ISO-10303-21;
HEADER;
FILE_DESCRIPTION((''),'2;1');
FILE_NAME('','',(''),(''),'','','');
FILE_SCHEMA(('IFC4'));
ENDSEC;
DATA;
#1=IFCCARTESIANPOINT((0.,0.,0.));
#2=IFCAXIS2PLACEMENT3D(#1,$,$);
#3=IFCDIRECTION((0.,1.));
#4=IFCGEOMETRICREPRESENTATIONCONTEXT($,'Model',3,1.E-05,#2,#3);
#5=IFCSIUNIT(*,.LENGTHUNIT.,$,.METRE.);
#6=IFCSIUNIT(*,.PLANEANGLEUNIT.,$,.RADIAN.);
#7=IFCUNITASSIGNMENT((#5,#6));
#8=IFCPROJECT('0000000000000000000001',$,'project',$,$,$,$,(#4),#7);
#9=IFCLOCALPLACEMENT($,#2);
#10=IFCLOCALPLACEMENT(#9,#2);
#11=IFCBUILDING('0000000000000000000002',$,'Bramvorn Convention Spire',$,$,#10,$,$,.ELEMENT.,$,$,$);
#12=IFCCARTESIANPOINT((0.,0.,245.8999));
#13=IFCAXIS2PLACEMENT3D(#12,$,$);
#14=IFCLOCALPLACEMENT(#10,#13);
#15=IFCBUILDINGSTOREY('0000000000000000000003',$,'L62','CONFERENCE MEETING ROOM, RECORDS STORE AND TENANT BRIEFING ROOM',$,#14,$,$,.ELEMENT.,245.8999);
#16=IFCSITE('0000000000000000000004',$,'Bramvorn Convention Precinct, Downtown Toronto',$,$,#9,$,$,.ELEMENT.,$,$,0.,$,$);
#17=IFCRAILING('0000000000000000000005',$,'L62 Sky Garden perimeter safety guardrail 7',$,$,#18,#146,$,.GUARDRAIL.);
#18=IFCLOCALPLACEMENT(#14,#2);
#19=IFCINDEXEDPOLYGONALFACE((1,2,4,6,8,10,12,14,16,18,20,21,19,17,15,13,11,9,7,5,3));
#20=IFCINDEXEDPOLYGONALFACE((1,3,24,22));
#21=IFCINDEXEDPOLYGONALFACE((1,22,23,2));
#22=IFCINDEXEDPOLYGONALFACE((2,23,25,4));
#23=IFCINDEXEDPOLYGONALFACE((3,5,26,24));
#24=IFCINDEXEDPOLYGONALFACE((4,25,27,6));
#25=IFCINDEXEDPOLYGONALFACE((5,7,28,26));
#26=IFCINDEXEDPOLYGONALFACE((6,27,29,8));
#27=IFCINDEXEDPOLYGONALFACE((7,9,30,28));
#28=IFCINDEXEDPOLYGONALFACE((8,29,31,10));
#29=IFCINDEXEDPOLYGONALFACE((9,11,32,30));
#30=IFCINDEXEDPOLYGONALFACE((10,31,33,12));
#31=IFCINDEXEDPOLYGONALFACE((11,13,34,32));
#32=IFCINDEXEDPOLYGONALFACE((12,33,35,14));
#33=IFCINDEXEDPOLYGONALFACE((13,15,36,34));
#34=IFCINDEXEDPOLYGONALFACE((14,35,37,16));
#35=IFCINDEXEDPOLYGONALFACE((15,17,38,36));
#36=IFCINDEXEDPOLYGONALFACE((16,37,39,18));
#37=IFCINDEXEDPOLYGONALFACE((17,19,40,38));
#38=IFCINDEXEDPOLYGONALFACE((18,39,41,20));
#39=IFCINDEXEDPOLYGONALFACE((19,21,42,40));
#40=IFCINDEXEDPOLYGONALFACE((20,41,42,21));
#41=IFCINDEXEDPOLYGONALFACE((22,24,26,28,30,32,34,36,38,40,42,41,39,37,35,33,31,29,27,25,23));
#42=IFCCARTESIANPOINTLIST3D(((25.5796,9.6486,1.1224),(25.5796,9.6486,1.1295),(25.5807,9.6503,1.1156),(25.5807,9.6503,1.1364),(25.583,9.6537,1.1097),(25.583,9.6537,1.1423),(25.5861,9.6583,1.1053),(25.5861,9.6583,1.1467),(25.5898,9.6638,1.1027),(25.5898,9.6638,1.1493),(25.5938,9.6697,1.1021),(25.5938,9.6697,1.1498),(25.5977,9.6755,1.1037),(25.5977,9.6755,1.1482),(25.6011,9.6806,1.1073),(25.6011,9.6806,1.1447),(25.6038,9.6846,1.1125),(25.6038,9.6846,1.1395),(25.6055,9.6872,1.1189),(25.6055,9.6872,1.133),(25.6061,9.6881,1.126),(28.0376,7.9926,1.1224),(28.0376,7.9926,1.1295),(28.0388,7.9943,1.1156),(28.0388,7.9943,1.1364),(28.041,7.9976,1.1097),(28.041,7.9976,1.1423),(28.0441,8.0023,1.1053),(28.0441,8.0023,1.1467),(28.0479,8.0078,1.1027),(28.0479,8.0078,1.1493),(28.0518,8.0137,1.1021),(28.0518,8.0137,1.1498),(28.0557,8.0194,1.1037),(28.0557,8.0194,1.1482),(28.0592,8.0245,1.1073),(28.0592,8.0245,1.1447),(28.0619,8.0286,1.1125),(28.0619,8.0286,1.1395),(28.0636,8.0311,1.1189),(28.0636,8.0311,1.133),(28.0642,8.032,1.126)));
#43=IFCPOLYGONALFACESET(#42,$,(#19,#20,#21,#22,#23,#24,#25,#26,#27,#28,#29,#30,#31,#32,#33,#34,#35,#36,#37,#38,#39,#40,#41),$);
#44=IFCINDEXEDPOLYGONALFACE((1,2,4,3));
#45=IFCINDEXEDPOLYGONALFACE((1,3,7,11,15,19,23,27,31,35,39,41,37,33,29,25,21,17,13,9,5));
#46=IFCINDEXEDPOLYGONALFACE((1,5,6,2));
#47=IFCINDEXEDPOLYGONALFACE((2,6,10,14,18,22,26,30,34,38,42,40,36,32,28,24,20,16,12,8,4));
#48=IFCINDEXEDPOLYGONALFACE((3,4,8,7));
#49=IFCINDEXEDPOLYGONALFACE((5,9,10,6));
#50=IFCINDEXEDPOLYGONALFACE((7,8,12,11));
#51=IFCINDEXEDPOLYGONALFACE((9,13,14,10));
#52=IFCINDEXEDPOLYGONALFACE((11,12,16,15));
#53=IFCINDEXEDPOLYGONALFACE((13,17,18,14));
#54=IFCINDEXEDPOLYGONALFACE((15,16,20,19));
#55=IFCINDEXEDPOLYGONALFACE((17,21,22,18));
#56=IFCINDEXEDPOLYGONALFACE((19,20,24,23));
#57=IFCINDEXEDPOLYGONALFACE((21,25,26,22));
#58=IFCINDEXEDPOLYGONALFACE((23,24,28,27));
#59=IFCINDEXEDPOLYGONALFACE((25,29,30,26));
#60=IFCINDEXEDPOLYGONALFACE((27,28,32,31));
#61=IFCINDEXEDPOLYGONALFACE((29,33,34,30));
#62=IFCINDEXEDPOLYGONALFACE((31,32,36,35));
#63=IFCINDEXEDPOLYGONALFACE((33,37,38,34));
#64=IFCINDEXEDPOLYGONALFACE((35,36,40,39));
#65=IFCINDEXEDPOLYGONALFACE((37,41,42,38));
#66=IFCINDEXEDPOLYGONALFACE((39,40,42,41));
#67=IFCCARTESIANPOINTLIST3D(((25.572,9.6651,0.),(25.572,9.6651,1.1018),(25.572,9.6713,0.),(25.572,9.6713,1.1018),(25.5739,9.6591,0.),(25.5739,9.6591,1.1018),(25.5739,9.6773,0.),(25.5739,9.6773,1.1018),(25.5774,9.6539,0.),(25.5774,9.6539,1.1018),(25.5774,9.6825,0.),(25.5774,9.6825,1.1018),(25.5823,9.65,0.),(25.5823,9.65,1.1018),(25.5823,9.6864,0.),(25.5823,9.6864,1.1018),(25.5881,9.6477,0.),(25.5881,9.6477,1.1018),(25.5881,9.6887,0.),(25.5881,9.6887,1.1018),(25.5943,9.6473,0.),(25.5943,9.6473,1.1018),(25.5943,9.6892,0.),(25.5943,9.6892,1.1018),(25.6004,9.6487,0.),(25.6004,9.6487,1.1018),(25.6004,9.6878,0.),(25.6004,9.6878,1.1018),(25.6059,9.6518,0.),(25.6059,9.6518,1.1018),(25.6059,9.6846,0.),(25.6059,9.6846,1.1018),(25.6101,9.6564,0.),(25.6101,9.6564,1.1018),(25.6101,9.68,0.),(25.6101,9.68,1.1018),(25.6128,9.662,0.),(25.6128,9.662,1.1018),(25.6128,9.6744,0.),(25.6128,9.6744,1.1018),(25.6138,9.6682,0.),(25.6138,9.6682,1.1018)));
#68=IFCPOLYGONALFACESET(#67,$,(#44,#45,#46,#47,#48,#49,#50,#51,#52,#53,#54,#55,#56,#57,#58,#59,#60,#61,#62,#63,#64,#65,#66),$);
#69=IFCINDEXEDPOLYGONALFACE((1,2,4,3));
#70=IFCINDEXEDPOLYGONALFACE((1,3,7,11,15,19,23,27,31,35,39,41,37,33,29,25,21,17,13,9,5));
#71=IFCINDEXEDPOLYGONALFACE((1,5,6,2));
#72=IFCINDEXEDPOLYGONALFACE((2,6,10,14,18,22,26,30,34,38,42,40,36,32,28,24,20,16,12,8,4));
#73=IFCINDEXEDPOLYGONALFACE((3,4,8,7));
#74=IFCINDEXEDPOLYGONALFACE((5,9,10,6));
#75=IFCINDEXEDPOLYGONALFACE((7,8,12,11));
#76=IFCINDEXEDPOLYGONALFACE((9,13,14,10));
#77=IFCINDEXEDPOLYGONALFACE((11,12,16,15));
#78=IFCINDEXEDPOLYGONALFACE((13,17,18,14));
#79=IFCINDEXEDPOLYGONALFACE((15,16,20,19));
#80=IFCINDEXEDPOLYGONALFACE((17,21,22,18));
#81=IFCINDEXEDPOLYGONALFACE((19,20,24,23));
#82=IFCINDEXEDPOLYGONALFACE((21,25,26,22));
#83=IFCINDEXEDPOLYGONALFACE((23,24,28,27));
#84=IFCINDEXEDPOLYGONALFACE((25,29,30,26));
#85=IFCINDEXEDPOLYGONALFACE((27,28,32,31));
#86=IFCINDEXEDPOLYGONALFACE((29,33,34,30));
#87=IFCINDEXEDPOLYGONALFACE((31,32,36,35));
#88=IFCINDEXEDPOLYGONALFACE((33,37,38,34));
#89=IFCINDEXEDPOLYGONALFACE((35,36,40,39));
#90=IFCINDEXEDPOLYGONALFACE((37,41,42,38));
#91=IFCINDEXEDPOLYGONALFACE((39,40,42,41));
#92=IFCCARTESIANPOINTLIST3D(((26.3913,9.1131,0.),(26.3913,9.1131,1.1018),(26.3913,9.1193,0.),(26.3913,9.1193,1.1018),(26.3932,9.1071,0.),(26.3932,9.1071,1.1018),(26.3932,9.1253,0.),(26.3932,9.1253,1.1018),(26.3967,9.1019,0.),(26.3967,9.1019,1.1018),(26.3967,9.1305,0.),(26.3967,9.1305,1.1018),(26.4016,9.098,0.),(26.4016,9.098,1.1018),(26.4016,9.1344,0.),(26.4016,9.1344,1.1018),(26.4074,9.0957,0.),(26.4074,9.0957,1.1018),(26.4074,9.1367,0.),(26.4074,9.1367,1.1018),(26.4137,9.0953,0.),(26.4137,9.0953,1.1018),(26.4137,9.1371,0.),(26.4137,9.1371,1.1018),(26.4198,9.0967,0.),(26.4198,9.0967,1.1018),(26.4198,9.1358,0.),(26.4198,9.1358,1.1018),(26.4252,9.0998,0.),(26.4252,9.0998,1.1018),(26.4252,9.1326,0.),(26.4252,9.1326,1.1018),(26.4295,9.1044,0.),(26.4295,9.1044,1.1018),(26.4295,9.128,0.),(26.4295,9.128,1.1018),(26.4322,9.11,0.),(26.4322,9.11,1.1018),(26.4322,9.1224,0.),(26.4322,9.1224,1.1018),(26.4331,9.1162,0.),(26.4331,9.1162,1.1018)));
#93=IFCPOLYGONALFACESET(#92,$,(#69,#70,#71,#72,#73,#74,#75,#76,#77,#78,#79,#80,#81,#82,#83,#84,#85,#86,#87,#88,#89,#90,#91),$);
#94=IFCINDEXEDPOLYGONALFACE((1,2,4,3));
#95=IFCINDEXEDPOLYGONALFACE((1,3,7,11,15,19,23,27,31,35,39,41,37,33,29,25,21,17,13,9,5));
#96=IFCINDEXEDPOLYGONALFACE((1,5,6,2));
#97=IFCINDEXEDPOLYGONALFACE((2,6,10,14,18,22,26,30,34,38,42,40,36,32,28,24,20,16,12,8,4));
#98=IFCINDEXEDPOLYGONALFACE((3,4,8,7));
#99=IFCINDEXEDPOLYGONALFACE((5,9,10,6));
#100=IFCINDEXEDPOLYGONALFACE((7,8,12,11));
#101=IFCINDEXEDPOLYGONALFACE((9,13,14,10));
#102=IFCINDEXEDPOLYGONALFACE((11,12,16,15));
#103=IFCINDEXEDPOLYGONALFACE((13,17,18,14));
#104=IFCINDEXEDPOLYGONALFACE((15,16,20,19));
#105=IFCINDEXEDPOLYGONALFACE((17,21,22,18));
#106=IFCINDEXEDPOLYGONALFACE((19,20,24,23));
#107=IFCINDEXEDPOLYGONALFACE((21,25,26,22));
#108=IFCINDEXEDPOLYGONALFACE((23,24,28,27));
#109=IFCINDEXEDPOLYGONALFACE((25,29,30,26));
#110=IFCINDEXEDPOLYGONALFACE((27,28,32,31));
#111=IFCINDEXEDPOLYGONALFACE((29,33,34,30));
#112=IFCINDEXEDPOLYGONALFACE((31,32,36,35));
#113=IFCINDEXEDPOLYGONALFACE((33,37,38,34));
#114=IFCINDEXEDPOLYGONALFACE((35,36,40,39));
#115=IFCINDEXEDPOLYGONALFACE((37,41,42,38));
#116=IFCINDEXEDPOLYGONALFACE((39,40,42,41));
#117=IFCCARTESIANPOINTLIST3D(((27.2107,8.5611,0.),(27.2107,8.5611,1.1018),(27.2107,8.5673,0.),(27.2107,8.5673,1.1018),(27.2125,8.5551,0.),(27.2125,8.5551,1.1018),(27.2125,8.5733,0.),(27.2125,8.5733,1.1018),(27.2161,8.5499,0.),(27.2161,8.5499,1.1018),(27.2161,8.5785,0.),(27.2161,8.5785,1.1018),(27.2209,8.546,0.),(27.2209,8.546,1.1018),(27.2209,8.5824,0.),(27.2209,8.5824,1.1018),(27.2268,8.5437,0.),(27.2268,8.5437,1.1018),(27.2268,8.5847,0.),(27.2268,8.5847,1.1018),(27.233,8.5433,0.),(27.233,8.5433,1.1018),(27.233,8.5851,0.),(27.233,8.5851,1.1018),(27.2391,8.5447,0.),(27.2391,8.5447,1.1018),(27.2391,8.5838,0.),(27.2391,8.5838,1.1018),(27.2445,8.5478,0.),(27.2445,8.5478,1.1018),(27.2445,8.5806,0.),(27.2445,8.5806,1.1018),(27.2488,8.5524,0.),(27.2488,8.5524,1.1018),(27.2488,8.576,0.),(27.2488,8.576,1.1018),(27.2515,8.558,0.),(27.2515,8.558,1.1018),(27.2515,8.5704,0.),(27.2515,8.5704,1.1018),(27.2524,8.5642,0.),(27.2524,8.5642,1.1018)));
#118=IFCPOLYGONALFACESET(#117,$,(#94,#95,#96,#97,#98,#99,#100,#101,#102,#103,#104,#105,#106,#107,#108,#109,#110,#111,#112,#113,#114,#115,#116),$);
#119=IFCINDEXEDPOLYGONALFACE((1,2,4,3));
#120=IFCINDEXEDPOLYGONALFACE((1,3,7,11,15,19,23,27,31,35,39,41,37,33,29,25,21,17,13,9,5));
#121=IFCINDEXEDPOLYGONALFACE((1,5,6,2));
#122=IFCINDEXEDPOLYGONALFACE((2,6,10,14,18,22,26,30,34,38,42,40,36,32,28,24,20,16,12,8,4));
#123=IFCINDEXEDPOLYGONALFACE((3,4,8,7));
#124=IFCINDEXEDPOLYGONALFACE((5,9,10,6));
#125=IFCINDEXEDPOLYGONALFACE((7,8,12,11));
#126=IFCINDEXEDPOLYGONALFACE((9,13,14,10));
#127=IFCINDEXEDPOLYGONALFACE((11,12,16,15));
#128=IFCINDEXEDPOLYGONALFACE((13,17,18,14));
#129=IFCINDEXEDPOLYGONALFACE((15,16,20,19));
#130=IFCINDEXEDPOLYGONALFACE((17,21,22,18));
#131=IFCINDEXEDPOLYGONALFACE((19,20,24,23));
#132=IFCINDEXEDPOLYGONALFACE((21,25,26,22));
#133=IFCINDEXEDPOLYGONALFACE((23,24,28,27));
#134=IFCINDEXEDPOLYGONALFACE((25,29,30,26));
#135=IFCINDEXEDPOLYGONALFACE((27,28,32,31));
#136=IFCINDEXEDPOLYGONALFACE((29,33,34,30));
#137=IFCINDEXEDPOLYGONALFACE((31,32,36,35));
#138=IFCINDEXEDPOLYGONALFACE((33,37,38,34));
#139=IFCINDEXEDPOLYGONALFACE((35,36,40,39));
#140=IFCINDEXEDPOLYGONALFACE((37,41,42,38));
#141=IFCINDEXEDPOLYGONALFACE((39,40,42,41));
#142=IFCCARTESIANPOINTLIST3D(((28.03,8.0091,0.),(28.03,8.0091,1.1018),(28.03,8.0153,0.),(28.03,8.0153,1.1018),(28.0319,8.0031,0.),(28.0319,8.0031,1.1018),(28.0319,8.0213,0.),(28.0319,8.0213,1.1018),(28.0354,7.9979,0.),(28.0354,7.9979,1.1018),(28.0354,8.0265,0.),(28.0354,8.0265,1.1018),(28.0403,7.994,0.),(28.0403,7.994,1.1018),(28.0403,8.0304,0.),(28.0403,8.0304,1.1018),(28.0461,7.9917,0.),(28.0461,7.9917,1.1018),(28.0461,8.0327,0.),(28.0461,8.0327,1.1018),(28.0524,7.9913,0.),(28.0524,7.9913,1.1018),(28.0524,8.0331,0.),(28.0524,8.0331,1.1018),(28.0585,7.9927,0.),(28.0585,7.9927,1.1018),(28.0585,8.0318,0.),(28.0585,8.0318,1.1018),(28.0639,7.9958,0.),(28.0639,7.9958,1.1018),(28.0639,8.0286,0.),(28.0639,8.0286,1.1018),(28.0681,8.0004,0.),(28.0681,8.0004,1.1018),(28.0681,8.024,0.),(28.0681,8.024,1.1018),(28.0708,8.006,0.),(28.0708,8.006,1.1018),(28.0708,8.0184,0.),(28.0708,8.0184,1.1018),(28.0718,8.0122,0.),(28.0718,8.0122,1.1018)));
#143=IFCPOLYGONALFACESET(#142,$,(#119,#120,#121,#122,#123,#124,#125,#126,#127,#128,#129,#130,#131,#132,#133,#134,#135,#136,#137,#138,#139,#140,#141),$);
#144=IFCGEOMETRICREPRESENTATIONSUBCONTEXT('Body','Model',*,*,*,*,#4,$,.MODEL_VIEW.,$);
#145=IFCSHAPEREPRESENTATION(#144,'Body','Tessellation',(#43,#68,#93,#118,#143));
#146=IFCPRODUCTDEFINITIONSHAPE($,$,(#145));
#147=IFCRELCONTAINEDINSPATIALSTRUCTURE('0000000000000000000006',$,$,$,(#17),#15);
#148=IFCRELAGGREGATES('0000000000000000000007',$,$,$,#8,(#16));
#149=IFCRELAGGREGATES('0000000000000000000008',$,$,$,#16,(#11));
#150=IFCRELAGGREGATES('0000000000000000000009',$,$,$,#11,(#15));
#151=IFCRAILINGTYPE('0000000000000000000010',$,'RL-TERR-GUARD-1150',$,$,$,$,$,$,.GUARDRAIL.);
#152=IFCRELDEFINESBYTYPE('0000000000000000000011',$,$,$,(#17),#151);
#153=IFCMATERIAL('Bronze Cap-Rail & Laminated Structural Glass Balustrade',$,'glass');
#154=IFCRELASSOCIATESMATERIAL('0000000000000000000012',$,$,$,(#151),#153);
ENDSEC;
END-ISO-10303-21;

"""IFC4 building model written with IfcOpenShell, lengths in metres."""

from ifc_helpers import new_model, si_unit, direction, frame, origin, origin_2d, place, context, subcontext, project, spatial, circle, extrude, material, type_object, element, save


model = new_model("IFC4")

# Units and contexts
model_context = context("Model", 3, precision=1e-05, world=origin(), true_north=direction((0.0, 1.0)))
body_context = subcontext(model_context, "Body", "Model", "MODEL_VIEW")
ifc_project = project(units=[si_unit("LENGTHUNIT", "METRE"), si_unit("PLANEANGLEUNIT", "RADIAN")], contexts=[model_context])

# Site, building, storey
site_placement = place(None, origin())
site = spatial("IfcSite", under=ifc_project, at=site_placement, Name="Bramvorn Convention Precinct, Downtown Toronto", CompositionType="ELEMENT", RefElevation=0.0)
building_placement = place(site_placement, origin())
building = spatial("IfcBuilding", under=site, at=building_placement, Name="Bramvorn Convention Spire", CompositionType="ELEMENT")
storey_placement = place(building_placement, frame((0.0, 0.0, 245.8999)))
storey = spatial("IfcBuildingStorey", under=building, at=storey_placement, Name="L62", Description="CONFERENCE MEETING ROOM, RECORDS STORE AND TENANT BRIEFING ROOM", CompositionType="ELEMENT", Elevation=245.8999)

# Railing
ifc_material_1 = material(Name="Bronze Cap-Rail & Laminated Structural Glass Balustrade", Category="glass")
railing_type_1 = type_object("IfcRailingType", Name="RL-TERR-GUARD-1150", PredefinedType="GUARDRAIL", material=ifc_material_1)
railing_1_placement = place(storey_placement, frame((25.5928, 9.6682, 0.0)))
element("IfcRailing", 1, at=railing_1_placement, inside=storey, type_object=railing_type_1, Name="L62 Sky Garden perimeter safety guardrail 7", PredefinedType="GUARDRAIL", context=body_context, shape_type="SweptSolid", body=[
    extrude(circle(Radius=0.0239, at=origin_2d()), frame((0.0, 0.0, 1.126), z_axis=(0.829341, -0.558743, 0.0), x_axis=(0.558743, 0.829341, 0.0)), (0.0, 0.0, 1.0), 2.9639),
    extrude(circle(Radius=0.021, at=origin_2d()), origin(), (0.0, 0.0, 1.0), 1.1018),
    extrude(circle(Radius=0.021, at=origin_2d()), frame((0.8193, -0.552, 0.0)), (0.0, 0.0, 1.0), 1.1018),
    extrude(circle(Radius=0.021, at=origin_2d()), frame((1.6387, -1.104, 0.0)), (0.0, 0.0, 1.0), 1.1018),
    extrude(circle(Radius=0.021, at=origin_2d()), frame((2.458, -1.656, 0.0)), (0.0, 0.0, 1.0), 1.1018),
])

save(model, "model.ifc")
